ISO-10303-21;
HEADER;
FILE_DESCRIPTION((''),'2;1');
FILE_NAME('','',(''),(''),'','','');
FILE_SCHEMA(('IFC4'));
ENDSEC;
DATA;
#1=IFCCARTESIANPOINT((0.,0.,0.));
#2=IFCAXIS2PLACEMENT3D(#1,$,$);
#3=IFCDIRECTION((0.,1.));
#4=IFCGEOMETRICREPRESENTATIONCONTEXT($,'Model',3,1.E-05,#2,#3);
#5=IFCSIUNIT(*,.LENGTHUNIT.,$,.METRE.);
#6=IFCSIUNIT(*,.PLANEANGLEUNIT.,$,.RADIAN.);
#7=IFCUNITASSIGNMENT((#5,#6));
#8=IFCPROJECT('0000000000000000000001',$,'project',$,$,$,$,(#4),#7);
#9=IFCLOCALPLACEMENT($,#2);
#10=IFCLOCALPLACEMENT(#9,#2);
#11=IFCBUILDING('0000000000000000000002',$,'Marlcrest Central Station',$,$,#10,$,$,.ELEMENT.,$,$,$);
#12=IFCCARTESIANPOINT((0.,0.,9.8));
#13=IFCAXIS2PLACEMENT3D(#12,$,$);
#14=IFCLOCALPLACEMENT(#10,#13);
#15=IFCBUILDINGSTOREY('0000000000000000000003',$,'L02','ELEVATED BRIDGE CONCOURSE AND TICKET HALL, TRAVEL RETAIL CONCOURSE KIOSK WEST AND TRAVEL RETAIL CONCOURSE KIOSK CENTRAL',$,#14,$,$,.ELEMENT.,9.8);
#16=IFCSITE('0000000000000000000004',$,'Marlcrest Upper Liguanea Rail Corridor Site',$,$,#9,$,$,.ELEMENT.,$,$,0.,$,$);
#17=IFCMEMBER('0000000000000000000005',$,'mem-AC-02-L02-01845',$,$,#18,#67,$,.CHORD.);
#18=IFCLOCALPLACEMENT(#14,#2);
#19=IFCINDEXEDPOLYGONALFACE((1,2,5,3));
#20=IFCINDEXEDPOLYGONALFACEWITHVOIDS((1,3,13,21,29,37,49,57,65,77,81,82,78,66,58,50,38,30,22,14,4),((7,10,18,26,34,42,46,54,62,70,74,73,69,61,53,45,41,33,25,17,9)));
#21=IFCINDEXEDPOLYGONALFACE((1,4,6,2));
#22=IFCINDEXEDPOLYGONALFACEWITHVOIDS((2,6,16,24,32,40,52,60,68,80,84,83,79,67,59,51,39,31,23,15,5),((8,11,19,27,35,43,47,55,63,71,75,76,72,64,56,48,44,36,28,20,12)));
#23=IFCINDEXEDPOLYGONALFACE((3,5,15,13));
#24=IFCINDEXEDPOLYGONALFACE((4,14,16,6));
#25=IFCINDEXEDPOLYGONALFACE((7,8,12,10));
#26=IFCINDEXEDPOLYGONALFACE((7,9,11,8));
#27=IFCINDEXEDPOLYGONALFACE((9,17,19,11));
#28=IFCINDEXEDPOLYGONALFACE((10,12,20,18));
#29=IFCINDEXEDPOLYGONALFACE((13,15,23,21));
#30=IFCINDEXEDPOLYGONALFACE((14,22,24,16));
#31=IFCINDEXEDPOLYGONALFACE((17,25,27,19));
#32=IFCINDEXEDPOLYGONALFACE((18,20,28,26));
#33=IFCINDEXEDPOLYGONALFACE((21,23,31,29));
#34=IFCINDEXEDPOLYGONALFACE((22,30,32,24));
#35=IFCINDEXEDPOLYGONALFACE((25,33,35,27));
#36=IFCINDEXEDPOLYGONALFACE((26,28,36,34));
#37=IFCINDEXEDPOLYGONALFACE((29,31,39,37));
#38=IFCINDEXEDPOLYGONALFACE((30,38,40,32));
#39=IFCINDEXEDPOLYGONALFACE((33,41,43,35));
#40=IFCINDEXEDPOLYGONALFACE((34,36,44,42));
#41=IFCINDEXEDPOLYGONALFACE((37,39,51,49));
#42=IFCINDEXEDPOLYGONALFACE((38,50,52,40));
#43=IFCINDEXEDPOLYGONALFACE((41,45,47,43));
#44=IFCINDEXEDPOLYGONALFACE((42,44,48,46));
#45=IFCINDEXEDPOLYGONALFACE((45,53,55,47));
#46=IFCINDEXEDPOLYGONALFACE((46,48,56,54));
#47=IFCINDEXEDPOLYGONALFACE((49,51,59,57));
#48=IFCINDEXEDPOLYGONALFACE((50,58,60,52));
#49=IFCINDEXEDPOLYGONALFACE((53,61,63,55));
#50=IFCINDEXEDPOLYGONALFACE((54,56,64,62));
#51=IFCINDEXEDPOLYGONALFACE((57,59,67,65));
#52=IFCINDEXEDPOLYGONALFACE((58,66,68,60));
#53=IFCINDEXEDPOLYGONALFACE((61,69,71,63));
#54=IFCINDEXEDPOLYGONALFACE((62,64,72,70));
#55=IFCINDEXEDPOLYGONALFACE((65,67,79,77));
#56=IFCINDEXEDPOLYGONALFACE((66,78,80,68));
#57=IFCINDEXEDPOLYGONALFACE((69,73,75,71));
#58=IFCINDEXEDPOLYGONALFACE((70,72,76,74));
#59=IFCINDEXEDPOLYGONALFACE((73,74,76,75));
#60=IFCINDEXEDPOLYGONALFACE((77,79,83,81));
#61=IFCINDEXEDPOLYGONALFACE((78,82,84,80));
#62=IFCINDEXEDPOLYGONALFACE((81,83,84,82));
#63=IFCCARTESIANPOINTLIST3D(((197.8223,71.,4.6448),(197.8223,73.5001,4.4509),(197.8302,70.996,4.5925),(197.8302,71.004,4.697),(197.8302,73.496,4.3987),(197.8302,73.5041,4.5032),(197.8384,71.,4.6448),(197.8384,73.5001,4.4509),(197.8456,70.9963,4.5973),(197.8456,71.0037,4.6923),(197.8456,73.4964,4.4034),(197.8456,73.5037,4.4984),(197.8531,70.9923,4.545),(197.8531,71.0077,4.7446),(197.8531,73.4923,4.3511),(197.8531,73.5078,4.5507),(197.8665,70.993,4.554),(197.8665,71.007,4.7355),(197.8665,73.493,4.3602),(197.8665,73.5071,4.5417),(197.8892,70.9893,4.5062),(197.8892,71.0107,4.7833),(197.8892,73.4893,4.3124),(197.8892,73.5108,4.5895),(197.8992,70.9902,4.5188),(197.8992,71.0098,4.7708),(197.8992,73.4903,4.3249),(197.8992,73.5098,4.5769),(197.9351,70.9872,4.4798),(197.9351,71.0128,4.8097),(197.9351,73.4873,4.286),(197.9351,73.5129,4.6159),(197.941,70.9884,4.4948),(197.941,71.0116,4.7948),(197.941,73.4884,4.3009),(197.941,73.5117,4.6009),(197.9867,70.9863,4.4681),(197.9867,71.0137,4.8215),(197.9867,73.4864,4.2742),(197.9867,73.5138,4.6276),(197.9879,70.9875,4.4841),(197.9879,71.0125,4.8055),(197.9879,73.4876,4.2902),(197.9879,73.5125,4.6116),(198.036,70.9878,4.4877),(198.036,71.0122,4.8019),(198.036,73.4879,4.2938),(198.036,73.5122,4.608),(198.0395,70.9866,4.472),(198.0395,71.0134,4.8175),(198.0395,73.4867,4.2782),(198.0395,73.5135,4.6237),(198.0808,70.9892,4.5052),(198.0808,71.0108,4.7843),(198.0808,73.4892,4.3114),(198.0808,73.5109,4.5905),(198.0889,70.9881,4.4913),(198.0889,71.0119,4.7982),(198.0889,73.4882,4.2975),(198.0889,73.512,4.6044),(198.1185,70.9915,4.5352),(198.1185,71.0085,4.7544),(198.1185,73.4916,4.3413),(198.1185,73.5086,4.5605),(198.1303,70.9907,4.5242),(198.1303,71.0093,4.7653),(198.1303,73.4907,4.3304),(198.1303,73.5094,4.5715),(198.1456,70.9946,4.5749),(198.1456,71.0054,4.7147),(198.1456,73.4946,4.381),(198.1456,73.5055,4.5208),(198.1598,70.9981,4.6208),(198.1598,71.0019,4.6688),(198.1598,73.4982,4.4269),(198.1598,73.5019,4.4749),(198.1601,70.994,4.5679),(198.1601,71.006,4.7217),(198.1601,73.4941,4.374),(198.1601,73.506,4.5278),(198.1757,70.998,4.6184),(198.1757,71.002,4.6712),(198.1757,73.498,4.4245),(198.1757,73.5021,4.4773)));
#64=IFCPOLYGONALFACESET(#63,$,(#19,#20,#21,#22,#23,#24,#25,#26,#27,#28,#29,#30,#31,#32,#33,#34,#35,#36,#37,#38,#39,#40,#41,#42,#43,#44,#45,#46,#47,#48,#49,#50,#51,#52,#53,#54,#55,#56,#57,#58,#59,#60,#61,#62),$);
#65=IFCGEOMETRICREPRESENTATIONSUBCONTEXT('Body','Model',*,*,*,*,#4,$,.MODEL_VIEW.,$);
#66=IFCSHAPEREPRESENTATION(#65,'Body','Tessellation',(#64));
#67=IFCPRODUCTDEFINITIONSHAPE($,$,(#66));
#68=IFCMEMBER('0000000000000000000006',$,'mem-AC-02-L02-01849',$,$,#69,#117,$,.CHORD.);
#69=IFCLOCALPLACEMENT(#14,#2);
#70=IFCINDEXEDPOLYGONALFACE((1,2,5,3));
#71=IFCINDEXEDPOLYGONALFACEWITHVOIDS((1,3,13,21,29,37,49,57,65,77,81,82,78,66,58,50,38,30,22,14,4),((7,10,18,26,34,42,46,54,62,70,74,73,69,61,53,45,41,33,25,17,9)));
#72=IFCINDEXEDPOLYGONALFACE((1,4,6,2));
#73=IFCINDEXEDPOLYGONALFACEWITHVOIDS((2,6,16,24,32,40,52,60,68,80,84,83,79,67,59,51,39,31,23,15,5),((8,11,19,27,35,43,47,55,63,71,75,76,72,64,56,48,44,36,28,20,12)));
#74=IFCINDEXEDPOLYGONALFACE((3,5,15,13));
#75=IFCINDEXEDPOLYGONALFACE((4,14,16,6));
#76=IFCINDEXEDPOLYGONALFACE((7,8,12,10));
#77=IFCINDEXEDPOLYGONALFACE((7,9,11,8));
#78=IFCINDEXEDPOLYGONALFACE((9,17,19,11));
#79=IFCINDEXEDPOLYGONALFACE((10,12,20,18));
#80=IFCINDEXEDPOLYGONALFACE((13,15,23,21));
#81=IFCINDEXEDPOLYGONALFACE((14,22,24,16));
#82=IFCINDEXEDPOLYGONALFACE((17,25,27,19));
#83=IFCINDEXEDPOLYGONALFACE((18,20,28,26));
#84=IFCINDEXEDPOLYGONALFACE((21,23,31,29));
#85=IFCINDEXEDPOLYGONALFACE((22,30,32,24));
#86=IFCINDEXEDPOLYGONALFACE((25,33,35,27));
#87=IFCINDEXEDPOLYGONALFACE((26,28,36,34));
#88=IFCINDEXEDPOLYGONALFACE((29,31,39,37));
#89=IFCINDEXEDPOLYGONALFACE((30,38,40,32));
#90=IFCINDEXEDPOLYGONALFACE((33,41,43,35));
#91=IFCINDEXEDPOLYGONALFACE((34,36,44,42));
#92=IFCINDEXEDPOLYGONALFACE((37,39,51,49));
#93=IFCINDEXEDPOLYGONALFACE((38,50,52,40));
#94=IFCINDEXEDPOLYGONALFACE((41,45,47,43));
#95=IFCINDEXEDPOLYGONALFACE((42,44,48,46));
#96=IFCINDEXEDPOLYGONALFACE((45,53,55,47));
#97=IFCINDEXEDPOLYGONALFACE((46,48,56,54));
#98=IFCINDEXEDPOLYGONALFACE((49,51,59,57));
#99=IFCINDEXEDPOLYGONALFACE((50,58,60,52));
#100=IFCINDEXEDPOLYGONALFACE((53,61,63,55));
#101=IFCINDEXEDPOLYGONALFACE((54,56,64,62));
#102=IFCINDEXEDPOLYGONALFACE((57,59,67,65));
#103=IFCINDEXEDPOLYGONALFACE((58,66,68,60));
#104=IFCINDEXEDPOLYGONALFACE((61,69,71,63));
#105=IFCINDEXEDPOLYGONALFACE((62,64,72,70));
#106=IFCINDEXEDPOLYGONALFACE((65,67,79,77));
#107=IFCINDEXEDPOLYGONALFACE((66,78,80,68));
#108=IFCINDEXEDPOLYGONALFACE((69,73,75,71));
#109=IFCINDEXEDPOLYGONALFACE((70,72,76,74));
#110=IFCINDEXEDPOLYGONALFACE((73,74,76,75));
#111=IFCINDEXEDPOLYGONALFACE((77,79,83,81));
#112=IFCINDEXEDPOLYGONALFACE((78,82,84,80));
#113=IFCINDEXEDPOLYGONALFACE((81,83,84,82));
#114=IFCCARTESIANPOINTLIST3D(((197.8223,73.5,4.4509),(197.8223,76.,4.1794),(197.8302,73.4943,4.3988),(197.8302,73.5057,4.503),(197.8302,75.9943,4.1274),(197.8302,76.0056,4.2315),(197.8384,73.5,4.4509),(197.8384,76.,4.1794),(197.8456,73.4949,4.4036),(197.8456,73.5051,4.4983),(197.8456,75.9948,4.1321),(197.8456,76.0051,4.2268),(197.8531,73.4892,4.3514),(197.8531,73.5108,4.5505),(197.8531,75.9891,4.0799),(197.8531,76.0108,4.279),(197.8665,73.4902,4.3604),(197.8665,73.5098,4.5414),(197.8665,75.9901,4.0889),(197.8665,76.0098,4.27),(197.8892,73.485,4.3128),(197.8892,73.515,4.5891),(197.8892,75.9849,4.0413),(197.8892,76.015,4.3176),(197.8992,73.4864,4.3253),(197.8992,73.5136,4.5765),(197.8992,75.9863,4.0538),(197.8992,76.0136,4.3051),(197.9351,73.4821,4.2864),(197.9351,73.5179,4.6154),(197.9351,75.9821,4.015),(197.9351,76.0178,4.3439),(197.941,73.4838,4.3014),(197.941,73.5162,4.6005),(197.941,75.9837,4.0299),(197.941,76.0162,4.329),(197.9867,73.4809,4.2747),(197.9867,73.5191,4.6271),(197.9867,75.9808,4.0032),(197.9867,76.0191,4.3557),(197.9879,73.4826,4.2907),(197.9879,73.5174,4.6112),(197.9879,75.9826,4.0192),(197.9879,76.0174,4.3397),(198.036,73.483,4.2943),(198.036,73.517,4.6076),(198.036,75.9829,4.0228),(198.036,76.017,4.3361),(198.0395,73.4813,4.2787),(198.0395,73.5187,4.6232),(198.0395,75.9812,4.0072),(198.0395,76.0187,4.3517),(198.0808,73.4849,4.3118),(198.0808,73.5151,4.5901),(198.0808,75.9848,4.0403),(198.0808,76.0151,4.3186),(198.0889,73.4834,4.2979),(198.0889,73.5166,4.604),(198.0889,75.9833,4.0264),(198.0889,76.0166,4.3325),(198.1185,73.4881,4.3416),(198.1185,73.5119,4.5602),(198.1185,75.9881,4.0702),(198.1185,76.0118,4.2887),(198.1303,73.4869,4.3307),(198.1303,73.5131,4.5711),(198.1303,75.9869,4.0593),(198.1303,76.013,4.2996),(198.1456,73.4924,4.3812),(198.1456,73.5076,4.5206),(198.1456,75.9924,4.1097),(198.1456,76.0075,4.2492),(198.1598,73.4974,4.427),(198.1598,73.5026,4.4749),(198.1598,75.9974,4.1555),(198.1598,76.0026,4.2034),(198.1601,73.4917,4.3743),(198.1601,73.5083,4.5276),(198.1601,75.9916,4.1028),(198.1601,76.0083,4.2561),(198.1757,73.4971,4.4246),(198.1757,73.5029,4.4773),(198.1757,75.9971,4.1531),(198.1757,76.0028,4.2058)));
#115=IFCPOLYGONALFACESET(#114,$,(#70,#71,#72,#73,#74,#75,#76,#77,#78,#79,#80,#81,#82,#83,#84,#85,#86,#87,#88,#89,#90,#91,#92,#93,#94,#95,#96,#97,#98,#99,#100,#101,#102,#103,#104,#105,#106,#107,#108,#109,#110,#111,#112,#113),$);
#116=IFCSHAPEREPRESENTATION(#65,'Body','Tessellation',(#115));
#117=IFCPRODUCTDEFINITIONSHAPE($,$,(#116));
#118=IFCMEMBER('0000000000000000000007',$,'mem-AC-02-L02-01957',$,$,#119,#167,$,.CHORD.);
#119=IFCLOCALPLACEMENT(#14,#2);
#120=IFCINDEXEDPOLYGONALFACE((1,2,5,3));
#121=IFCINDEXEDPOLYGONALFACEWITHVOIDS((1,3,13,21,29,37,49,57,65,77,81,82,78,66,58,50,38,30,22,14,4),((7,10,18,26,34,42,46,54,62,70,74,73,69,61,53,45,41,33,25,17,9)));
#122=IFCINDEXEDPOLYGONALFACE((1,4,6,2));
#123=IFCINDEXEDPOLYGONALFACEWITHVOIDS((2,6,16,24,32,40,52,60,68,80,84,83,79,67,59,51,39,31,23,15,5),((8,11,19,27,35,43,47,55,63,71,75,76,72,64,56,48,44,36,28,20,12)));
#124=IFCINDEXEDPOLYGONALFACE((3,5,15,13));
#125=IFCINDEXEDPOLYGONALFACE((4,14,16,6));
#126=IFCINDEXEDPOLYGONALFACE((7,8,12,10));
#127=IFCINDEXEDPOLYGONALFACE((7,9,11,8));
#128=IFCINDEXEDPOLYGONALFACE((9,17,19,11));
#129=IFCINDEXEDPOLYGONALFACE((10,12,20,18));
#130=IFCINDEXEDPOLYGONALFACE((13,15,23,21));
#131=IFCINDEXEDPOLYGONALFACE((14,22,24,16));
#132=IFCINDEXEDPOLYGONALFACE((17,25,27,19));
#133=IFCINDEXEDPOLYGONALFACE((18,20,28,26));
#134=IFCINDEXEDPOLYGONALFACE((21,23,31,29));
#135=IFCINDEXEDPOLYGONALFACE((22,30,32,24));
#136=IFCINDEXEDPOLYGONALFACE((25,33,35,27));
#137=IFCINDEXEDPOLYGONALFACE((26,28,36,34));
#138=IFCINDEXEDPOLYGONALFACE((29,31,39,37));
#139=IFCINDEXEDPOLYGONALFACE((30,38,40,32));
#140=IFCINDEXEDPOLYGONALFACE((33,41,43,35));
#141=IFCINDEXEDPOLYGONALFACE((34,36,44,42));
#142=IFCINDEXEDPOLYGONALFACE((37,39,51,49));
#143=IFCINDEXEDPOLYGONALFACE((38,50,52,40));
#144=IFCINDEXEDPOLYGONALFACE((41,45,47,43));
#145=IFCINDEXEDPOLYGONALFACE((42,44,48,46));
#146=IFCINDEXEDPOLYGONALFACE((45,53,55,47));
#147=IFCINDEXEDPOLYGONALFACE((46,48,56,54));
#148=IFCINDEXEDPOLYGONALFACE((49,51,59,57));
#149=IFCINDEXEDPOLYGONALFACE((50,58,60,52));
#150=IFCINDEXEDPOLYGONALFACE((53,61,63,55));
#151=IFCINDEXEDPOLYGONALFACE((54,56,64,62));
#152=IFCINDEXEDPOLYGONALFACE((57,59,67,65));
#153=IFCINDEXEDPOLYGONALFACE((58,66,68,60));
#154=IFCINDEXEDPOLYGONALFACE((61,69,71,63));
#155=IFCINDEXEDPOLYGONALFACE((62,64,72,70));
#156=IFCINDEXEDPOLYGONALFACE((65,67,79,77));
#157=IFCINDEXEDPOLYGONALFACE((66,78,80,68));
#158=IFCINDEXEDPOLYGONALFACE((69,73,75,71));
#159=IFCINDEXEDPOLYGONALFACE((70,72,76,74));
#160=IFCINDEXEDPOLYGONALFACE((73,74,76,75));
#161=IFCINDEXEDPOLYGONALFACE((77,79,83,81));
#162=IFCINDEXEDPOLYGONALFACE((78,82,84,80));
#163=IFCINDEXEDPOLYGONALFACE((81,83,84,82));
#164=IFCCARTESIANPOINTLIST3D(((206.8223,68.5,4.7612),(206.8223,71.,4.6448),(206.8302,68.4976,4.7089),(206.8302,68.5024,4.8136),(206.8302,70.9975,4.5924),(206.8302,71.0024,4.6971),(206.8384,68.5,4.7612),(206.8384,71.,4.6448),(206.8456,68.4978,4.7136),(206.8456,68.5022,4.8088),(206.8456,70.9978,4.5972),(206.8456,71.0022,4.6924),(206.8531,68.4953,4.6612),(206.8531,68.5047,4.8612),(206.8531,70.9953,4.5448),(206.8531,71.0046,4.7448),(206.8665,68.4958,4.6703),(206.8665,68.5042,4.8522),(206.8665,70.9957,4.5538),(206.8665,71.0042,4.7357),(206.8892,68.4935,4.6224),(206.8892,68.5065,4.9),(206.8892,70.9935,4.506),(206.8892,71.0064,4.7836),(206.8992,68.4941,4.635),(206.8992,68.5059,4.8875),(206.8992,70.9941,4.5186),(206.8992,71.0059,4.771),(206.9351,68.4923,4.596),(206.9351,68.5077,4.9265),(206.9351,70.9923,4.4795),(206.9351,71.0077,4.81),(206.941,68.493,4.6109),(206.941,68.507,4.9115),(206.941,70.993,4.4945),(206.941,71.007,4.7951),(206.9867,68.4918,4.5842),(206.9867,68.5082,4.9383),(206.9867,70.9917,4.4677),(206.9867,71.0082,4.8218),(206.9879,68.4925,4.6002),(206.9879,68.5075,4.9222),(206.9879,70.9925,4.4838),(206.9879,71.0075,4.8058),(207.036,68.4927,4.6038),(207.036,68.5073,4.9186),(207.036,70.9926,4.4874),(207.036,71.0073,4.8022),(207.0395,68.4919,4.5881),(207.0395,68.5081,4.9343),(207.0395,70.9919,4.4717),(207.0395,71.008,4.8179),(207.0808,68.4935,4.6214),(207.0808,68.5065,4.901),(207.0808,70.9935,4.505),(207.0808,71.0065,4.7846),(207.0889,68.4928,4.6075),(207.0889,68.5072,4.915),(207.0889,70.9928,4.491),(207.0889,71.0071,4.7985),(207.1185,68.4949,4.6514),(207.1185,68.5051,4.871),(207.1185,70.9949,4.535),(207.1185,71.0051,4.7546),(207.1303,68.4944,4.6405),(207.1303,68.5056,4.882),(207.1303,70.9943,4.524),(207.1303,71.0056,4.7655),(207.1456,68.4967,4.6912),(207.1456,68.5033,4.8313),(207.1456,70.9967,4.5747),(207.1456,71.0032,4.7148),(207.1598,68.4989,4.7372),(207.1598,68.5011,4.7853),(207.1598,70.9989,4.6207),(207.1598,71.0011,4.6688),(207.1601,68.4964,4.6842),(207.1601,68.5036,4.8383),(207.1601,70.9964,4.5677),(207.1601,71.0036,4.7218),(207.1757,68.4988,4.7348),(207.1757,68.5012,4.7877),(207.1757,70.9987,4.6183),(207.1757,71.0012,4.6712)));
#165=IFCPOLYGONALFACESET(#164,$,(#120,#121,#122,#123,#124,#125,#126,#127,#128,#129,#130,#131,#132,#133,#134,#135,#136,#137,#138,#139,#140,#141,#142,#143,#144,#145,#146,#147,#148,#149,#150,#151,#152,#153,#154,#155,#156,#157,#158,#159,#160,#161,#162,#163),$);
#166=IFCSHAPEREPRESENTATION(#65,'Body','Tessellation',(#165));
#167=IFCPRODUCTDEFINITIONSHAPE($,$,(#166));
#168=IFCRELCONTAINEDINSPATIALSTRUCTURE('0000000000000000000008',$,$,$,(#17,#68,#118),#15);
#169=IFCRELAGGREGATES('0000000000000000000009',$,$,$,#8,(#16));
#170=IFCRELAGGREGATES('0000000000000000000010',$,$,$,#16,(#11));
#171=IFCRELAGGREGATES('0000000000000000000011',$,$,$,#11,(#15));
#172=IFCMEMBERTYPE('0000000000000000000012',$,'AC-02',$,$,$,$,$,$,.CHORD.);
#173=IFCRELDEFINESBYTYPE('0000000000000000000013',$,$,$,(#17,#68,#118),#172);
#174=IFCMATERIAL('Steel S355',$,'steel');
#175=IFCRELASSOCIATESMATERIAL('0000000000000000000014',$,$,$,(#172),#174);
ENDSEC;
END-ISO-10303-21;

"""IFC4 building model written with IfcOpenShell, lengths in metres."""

from ifc_helpers import new_model, si_unit, direction, frame, origin, origin_2d, place, context, subcontext, project, spatial, hollow_circle, extrude, material, material_profile, profile_set, type_object, element, save


model = new_model("IFC4")

# Units and contexts
model_context = context("Model", 3, precision=1e-05, world=origin(), true_north=direction((0.0, 1.0)))
body_context = subcontext(model_context, "Body", "Model", "MODEL_VIEW")
ifc_project = project(units=[si_unit("LENGTHUNIT", "METRE"), si_unit("PLANEANGLEUNIT", "RADIAN")], contexts=[model_context])

# Site, building, storey
site_placement = place(None, origin())
site = spatial("IfcSite", under=ifc_project, at=site_placement, Name="Marlcrest Upper Liguanea Rail Corridor Site", CompositionType="ELEMENT", RefElevation=0.0)
building_placement = place(site_placement, origin())
building = spatial("IfcBuilding", under=site, at=building_placement, Name="Marlcrest Central Station", CompositionType="ELEMENT")
storey_placement = place(building_placement, frame((0.0, 0.0, 9.8)))
storey = spatial("IfcBuildingStorey", under=building, at=storey_placement, Name="L02", Description="ELEVATED BRIDGE CONCOURSE AND TICKET HALL, TRAVEL RETAIL CONCOURSE KIOSK WEST AND TRAVEL RETAIL CONCOURSE KIOSK CENTRAL", CompositionType="ELEMENT", Elevation=9.8)

# Members
ifc_material = material(Name="Steel S355", Category="steel")
ifc_material_profile_1 = material_profile(ifc_material, hollow_circle(Radius=0.1777, WallThickness=0.0161, at=origin_2d()), Name="CHS 355.6x16")
ifc_profile_set_1 = profile_set([ifc_material_profile_1], Name="Steel S355")
member_type_1 = type_object("IfcMemberType", Name="AC-02", PredefinedType="CHORD", material=ifc_profile_set_1)
member_1_placement = place(storey_placement, frame((198.0, 71.0, 4.6448), z_axis=(0.0, 0.997007, -0.077307), x_axis=(-1.0, 0.0, 0.0)))
element("IfcMember", 1, at=member_1_placement, inside=storey, type_object=member_type_1, Name="mem-AC-02-L02-01845", PredefinedType="CHORD", context=body_context, shape_type="SweptSolid", body=[
    extrude(hollow_circle(Radius=0.1777, WallThickness=0.0161, at=origin_2d()), origin(), (0.0, 0.0, 1.0), 2.5076),
])
member_2_placement = place(storey_placement, frame((198.0, 73.5, 4.4509), z_axis=(0.0, 0.994155, -0.107959), x_axis=(-1.0, 0.0, 0.0)))
element("IfcMember", 2, at=member_2_placement, inside=storey, type_object=member_type_1, Name="mem-AC-02-L02-01849", PredefinedType="CHORD", context=body_context, shape_type="SweptSolid", body=[
    extrude(hollow_circle(Radius=0.1777, WallThickness=0.0161, at=origin_2d()), origin(), (0.0, 0.0, 1.0), 2.5146),
])
member_3_placement = place(storey_placement, frame((207.0, 68.5, 4.7612), z_axis=(0.0, 0.998917, -0.046532), x_axis=(-1.0, 0.0, 0.0)))
element("IfcMember", 3, at=member_3_placement, inside=storey, type_object=member_type_1, Name="mem-AC-02-L02-01957", PredefinedType="CHORD", context=body_context, shape_type="SweptSolid", body=[
    extrude(hollow_circle(Radius=0.1777, WallThickness=0.0161, at=origin_2d()), origin(), (0.0, 0.0, 1.0), 2.5027),
])

save(model, "model.ifc")
